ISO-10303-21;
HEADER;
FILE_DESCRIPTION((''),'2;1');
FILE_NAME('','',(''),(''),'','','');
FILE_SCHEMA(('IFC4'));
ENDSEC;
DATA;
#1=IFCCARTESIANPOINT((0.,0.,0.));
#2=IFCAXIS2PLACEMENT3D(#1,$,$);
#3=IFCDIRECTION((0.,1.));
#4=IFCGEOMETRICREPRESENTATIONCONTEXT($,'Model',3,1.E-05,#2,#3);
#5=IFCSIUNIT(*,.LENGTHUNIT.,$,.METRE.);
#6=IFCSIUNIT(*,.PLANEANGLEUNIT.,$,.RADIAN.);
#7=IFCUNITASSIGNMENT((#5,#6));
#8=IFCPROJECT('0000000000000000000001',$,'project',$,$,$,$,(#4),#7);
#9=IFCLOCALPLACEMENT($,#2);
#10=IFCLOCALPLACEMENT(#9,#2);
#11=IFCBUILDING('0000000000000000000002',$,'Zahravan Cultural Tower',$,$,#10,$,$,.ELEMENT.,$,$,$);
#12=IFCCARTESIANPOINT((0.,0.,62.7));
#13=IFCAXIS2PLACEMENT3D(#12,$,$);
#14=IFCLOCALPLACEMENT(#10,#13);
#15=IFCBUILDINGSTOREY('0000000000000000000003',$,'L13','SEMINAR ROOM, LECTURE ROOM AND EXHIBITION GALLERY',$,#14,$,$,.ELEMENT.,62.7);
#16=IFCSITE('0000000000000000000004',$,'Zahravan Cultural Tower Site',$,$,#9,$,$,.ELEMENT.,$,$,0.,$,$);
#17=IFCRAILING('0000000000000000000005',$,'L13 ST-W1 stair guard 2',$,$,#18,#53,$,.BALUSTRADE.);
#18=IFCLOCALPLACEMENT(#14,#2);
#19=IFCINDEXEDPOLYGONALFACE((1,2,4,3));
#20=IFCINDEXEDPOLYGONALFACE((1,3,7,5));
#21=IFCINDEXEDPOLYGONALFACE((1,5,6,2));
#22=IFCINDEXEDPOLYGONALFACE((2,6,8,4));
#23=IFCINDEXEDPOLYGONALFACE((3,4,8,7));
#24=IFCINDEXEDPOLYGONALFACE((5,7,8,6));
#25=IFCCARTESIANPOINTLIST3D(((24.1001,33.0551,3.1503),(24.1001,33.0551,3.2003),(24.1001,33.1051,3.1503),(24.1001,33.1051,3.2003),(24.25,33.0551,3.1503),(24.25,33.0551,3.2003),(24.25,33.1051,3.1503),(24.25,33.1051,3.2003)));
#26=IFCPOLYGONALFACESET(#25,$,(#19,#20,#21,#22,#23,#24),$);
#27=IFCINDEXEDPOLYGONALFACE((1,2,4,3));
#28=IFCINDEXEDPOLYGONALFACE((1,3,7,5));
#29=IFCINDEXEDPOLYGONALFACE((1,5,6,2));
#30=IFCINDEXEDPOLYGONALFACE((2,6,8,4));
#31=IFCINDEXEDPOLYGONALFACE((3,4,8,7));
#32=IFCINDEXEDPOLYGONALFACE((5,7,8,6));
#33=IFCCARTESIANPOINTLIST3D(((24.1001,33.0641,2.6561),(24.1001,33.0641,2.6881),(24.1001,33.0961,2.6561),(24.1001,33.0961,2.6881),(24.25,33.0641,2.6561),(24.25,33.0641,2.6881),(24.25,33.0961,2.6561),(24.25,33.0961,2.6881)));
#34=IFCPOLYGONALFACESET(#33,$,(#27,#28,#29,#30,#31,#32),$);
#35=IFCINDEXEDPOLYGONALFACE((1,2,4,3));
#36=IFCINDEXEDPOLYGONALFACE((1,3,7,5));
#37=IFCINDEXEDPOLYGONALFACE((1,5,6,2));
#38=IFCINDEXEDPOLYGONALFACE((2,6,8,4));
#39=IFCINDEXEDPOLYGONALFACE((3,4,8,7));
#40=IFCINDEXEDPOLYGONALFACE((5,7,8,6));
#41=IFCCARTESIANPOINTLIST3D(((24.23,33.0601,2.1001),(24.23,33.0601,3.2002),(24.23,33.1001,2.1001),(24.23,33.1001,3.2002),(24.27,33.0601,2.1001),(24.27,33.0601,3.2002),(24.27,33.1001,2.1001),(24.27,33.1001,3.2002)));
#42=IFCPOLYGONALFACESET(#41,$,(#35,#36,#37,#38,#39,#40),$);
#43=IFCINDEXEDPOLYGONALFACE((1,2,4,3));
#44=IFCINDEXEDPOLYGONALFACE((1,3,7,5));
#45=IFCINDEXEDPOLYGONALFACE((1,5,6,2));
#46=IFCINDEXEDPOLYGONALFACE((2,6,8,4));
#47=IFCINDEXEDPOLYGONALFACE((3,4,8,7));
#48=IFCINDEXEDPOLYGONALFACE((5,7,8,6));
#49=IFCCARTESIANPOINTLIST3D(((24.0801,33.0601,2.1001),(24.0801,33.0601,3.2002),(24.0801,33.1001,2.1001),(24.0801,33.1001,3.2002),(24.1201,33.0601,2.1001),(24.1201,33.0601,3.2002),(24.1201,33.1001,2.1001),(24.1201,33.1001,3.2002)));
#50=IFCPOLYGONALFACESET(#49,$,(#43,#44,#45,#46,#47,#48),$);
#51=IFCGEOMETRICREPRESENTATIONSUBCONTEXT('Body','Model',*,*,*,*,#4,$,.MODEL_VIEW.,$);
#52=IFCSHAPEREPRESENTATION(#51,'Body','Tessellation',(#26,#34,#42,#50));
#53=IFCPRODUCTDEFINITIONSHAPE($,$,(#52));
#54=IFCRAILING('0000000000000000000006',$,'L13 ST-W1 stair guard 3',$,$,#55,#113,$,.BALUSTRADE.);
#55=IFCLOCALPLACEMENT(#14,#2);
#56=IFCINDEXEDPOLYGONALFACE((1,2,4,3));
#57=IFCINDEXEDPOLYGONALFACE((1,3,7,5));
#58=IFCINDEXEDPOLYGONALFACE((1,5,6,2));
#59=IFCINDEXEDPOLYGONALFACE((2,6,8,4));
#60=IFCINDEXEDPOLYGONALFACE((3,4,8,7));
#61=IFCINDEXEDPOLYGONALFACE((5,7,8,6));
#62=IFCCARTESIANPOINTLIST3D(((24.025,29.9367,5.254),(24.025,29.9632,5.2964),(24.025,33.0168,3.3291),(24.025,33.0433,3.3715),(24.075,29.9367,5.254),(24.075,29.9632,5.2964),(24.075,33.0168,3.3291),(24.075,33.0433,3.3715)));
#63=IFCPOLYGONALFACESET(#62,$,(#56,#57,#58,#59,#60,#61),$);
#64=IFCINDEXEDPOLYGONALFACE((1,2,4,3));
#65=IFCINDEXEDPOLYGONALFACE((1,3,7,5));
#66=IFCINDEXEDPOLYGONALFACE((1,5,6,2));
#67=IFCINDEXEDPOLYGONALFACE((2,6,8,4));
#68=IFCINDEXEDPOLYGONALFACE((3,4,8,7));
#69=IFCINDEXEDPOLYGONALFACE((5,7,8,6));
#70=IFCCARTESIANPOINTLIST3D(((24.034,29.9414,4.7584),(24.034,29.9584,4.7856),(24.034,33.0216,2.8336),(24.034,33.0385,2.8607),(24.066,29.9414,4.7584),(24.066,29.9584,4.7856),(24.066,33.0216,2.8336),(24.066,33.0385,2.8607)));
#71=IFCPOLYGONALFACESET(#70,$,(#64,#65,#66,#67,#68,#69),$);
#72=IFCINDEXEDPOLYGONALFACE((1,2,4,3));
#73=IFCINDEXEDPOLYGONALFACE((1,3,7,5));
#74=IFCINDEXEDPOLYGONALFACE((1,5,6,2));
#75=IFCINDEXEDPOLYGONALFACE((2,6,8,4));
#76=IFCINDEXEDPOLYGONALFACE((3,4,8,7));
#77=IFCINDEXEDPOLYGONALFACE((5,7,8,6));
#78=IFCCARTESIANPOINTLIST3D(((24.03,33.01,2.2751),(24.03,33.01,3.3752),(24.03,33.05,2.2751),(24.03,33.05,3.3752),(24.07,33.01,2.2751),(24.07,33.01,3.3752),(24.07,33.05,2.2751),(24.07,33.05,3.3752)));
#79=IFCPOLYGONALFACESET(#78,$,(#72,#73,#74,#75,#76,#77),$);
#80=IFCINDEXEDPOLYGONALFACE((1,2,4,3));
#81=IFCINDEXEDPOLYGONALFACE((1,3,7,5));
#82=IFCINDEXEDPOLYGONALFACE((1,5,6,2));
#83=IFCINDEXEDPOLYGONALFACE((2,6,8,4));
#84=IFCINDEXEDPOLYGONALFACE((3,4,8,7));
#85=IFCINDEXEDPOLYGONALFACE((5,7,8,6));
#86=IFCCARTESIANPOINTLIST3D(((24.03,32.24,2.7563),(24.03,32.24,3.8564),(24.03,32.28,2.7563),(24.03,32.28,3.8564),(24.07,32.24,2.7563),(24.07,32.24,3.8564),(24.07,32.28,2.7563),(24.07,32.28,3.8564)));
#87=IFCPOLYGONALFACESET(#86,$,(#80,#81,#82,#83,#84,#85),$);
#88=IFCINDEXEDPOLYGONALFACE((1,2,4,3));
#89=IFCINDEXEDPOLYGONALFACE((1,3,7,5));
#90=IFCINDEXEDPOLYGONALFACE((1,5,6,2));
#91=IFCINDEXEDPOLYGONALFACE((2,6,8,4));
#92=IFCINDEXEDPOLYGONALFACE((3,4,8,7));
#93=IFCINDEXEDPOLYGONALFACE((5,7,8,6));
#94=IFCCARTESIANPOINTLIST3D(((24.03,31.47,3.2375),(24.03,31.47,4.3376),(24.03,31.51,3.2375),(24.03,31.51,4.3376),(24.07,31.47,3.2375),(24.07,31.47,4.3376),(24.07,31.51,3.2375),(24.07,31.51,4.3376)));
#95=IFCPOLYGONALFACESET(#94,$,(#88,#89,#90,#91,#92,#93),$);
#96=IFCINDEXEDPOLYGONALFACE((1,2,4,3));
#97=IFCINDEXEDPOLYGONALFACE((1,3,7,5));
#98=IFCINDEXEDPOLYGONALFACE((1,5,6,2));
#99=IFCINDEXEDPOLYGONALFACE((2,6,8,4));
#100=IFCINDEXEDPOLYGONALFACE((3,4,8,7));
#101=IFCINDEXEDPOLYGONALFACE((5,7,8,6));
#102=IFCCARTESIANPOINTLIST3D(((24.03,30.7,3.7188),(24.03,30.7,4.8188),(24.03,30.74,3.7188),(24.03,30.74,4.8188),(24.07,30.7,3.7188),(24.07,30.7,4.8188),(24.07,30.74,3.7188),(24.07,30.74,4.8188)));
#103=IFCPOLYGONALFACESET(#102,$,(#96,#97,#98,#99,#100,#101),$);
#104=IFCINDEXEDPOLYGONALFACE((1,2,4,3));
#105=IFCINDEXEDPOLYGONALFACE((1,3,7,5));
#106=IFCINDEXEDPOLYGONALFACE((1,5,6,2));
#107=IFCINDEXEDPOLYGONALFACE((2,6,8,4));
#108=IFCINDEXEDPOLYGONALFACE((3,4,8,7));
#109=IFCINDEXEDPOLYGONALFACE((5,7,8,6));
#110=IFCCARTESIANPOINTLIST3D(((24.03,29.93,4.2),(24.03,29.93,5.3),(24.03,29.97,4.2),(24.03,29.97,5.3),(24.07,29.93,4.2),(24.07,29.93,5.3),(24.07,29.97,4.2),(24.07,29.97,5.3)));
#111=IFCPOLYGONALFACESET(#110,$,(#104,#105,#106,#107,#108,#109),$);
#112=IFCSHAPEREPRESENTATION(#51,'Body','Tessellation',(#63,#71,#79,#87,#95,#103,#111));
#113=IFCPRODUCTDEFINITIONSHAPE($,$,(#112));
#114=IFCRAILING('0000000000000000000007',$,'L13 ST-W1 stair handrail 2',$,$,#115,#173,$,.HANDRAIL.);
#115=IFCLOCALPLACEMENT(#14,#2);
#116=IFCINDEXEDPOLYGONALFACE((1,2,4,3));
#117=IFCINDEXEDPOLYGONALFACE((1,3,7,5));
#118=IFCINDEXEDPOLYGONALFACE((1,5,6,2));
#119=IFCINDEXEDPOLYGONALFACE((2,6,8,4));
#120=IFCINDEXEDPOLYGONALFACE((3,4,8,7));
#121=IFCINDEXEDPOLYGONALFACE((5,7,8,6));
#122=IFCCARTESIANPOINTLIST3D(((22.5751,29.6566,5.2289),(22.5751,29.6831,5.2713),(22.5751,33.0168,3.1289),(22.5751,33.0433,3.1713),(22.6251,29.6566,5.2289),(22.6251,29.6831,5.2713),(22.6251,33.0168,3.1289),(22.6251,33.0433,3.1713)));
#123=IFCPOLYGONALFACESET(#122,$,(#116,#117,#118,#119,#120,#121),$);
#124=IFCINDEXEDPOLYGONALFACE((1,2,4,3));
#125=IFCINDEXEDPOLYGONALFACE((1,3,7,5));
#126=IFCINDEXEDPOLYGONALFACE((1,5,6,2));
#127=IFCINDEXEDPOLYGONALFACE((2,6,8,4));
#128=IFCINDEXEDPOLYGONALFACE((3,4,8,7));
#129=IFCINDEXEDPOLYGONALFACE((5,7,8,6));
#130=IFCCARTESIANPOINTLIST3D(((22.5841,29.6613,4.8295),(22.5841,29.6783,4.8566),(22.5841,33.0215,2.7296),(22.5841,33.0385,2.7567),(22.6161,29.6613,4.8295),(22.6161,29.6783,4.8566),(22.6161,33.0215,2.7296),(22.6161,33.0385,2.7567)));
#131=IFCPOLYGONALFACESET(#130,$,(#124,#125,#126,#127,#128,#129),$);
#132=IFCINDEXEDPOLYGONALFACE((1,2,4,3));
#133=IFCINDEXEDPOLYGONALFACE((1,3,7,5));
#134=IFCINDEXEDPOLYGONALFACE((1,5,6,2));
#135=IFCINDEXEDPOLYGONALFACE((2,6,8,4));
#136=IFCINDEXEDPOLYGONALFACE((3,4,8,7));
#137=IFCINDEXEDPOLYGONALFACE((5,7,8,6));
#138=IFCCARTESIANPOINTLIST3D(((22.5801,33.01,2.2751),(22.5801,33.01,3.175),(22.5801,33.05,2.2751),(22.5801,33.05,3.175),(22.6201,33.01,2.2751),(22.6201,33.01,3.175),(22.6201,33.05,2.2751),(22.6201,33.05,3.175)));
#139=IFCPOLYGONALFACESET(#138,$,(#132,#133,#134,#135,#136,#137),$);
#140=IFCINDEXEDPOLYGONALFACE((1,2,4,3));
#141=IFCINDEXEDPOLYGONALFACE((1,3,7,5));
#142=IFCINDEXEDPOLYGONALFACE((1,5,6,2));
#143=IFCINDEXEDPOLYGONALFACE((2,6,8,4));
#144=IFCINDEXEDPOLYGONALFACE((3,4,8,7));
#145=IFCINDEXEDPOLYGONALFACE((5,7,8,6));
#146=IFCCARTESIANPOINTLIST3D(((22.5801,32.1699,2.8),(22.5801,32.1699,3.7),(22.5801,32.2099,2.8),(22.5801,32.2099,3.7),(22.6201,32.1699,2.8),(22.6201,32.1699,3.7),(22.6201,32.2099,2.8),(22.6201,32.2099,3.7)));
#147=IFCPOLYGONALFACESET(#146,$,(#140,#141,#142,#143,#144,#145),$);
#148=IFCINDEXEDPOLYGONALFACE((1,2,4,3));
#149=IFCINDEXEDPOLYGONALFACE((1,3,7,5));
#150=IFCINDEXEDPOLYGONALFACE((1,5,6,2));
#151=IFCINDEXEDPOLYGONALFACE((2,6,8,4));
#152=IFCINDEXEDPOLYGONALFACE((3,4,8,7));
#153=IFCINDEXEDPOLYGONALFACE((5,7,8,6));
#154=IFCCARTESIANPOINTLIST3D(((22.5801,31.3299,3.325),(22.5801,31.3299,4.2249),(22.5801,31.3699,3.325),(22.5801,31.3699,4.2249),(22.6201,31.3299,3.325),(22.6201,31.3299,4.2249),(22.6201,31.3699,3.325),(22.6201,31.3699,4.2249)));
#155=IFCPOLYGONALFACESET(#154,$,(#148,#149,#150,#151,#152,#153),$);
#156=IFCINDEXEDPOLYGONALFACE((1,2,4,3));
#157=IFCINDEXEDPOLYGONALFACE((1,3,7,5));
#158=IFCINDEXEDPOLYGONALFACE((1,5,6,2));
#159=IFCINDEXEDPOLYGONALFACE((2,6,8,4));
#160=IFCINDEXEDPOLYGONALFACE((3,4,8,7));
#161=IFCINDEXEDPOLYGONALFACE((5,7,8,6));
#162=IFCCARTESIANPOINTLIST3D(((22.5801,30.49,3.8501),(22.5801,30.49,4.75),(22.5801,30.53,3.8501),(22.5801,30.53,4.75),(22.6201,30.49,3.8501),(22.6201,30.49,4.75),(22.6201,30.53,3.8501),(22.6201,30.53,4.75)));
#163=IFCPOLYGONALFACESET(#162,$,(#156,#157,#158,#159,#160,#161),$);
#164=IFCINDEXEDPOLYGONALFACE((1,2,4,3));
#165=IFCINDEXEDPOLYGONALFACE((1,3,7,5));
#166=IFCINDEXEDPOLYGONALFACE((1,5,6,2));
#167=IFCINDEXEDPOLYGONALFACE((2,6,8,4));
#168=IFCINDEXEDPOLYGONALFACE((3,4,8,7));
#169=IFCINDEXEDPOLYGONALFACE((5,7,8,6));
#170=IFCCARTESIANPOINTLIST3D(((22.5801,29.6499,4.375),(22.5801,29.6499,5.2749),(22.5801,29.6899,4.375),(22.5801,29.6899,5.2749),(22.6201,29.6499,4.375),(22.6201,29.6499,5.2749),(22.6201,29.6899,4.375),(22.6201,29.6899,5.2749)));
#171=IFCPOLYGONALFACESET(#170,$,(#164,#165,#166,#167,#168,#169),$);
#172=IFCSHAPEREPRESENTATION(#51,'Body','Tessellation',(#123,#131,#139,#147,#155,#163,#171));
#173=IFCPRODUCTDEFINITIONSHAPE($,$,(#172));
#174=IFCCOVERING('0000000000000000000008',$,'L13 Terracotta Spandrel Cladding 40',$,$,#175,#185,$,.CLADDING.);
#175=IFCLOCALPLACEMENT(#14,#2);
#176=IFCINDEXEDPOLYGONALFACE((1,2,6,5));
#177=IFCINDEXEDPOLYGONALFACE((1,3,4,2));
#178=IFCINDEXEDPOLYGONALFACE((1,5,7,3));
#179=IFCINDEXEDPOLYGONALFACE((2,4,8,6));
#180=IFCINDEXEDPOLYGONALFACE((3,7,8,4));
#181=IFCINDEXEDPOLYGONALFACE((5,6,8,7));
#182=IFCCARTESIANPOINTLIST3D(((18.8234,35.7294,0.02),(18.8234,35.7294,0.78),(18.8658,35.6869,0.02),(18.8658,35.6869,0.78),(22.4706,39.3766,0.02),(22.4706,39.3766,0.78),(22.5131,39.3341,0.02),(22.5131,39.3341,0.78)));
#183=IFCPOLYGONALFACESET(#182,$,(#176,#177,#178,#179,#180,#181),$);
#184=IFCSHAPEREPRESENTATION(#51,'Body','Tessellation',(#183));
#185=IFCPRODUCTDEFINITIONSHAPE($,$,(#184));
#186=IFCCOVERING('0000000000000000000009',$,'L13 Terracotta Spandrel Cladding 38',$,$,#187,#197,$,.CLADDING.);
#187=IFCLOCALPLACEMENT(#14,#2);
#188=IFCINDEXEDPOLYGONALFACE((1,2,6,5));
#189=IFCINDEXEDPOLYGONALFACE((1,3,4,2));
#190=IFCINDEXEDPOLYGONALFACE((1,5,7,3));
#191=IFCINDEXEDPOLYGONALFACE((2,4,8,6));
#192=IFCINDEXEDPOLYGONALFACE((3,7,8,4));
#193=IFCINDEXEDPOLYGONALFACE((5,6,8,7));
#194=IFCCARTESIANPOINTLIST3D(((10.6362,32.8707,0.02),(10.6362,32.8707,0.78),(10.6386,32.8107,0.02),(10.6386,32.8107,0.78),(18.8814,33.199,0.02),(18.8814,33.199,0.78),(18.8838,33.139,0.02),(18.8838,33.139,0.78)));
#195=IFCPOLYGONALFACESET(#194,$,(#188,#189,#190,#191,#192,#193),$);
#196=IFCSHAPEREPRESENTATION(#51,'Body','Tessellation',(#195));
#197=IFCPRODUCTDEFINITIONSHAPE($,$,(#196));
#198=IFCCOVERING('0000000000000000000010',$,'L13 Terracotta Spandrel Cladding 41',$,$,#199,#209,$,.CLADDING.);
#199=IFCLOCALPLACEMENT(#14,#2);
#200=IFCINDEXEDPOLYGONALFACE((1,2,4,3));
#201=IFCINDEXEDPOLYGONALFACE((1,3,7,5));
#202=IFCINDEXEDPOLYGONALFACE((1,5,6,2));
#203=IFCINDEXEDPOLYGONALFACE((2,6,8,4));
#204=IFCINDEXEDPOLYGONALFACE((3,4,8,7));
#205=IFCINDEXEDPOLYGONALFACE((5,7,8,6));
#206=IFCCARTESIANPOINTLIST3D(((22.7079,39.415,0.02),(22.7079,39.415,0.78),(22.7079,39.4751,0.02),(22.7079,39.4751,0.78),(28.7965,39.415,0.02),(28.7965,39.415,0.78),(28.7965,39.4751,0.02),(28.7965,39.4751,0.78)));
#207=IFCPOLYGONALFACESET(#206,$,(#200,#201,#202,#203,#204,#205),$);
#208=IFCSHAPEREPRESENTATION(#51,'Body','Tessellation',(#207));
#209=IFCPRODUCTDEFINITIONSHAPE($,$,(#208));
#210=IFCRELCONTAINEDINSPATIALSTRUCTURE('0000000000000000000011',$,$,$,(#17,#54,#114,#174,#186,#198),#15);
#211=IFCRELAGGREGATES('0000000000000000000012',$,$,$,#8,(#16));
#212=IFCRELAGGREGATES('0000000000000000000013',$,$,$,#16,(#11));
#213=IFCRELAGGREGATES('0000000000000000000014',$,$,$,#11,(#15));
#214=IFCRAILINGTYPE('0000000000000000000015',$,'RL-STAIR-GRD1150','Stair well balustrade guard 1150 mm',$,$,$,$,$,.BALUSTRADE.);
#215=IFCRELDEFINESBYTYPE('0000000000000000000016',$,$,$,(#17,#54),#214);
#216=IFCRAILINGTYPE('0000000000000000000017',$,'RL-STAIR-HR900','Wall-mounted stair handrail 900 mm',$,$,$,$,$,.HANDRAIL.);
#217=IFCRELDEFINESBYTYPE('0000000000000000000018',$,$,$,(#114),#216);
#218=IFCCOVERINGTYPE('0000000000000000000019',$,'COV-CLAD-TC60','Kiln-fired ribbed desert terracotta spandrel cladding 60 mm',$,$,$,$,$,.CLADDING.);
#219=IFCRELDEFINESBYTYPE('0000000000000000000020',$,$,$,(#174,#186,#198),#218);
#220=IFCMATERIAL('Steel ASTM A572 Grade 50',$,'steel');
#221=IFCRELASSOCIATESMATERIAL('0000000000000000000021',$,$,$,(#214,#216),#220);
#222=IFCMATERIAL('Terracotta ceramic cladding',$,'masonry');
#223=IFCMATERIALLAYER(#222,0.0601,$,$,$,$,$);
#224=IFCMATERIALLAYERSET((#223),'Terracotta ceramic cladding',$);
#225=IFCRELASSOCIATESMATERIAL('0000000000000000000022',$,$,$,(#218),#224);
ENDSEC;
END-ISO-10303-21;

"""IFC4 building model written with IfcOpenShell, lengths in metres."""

from ifc_helpers import new_model, si_unit, direction, frame, origin, origin_2d, place, context, subcontext, project, spatial, rectangle, extrude, source, transform, mapped, material, layer, layer_set, type_object, element, save


model = new_model("IFC4")

# Units and contexts
model_context = context("Model", 3, precision=1e-05, world=origin(), true_north=direction((0.0, 1.0)))
body_context = subcontext(model_context, "Body", "Model", "MODEL_VIEW")
ifc_project = project(units=[si_unit("LENGTHUNIT", "METRE"), si_unit("PLANEANGLEUNIT", "RADIAN")], contexts=[model_context])

# Site, building, storey
site_placement = place(None, origin())
site = spatial("IfcSite", under=ifc_project, at=site_placement, Name="Zahravan Cultural Tower Site", CompositionType="ELEMENT", RefElevation=0.0)
building_placement = place(site_placement, origin())
building = spatial("IfcBuilding", under=site, at=building_placement, Name="Zahravan Cultural Tower", CompositionType="ELEMENT")
storey_placement = place(building_placement, frame((0.0, 0.0, 62.7)))
storey = spatial("IfcBuildingStorey", under=building, at=storey_placement, Name="L13", Description="SEMINAR ROOM, LECTURE ROOM AND EXHIBITION GALLERY", CompositionType="ELEMENT", Elevation=62.7)

# Shared definitions
ifc_material_1 = material(Name="Steel ASTM A572 Grade 50", Category="steel")

# Railings
railing_type_1 = type_object("IfcRailingType", Name="RL-STAIR-GRD1150", Description="Stair well balustrade guard 1150 mm", PredefinedType="BALUSTRADE", material=ifc_material_1)
railing_1_placement = place(storey_placement, frame((24.25, 33.0801, 2.1001)))
element("IfcRailing", 1, at=railing_1_placement, inside=storey, type_object=railing_type_1, Name="L13 ST-W1 stair guard 2", PredefinedType="BALUSTRADE", context=body_context, shape_type="SweptSolid", body=[
    extrude(rectangle(XDim=0.05, YDim=0.05, at=origin_2d()), frame((0.0, 0.0, 1.0752), z_axis=(-1.0, 0.0, 0.0), x_axis=(0.0, -1.0, 0.0)), (0.0, 0.0, 1.0), 0.1499),
    extrude(rectangle(XDim=0.032, YDim=0.032, at=origin_2d()), frame((0.0, 0.0, 0.572), z_axis=(-1.0, 0.0, 0.0), x_axis=(0.0, -1.0, 0.0)), (0.0, 0.0, 1.0), 0.1499),
    extrude(rectangle(XDim=0.04, YDim=0.04, at=origin_2d()), origin(), (0.0, 0.0, 1.0), 1.1001),
    extrude(rectangle(XDim=0.04, YDim=0.04, at=origin_2d()), frame((-0.1499, 0.0, 0.0)), (0.0, 0.0, 1.0), 1.1001),
])
railing_2_placement = place(storey_placement, frame((24.05, 33.03, 2.2751)))
element("IfcRailing", 2, at=railing_2_placement, inside=storey, type_object=railing_type_1, Name="L13 ST-W1 stair guard 3", PredefinedType="BALUSTRADE", context=body_context, shape_type="SweptSolid", body=[
    extrude(rectangle(XDim=0.05, YDim=0.05, at=origin_2d()), frame((0.0, 0.0, 1.0752), z_axis=(0.0, -0.848029, 0.529951), x_axis=(1.0, 0.0, 0.0)), (0.0, 0.0, 1.0), 3.6321),
    extrude(rectangle(XDim=0.032, YDim=0.032, at=origin_2d()), frame((0.0, 0.0, 0.572), z_axis=(0.0, -0.848029, 0.529951), x_axis=(1.0, 0.0, 0.0)), (0.0, 0.0, 1.0), 3.6321),
    extrude(rectangle(XDim=0.04, YDim=0.04, at=origin_2d()), origin(), (0.0, 0.0, 1.0), 1.1001),
    extrude(rectangle(XDim=0.04, YDim=0.04, at=origin_2d()), frame((0.0, -0.77, 0.4812)), (0.0, 0.0, 1.0), 1.1001),
    extrude(rectangle(XDim=0.04, YDim=0.04, at=origin_2d()), frame((0.0, -1.54, 0.9624)), (0.0, 0.0, 1.0), 1.1001),
    extrude(rectangle(XDim=0.04, YDim=0.04, at=origin_2d()), frame((0.0, -2.3101, 1.4436)), (0.0, 0.0, 1.0), 1.1001),
    extrude(rectangle(XDim=0.04, YDim=0.04, at=origin_2d()), frame((0.0, -3.0801, 1.9248)), (0.0, 0.0, 1.0), 1.1001),
])
railing_type_2 = type_object("IfcRailingType", Name="RL-STAIR-HR900", Description="Wall-mounted stair handrail 900 mm", PredefinedType="HANDRAIL", material=ifc_material_1)
railing_3_placement = place(storey_placement, frame((22.6001, 33.03, 2.2751)))
element("IfcRailing", 3, at=railing_3_placement, inside=storey, type_object=railing_type_2, Name="L13 ST-W1 stair handrail 2", PredefinedType="HANDRAIL", context=body_context, shape_type="SweptSolid", body=[
    extrude(rectangle(XDim=0.05, YDim=0.05, at=origin_2d()), frame((0.0, 0.0, 0.875), z_axis=(0.0, -0.848023, 0.52996), x_axis=(1.0, 0.0, 0.0)), (0.0, 0.0, 1.0), 3.9624),
    extrude(rectangle(XDim=0.032, YDim=0.032, at=origin_2d()), frame((0.0, 0.0, 0.468), z_axis=(0.0, -0.848023, 0.52996), x_axis=(1.0, 0.0, 0.0)), (0.0, 0.0, 1.0), 3.9624),
    extrude(rectangle(XDim=0.04, YDim=0.04, at=origin_2d()), origin(), (0.0, 0.0, 1.0), 0.8999),
    extrude(rectangle(XDim=0.04, YDim=0.04, at=origin_2d()), frame((0.0, -0.8401, 0.5249)), (0.0, 0.0, 1.0), 0.8999),
    extrude(rectangle(XDim=0.04, YDim=0.04, at=origin_2d()), frame((0.0, -1.6802, 1.0498)), (0.0, 0.0, 1.0), 0.8999),
    extrude(rectangle(XDim=0.04, YDim=0.04, at=origin_2d()), frame((0.0, -2.52, 1.575)), (0.0, 0.0, 1.0), 0.8999),
    extrude(rectangle(XDim=0.04, YDim=0.04, at=origin_2d()), frame((0.0, -3.3601, 2.0999)), (0.0, 0.0, 1.0), 0.8999),
])

# Coverings
ifc_material_2 = material(Name="Terracotta ceramic cladding", Category="masonry")
ifc_layer_1 = layer(ifc_material_2, 0.0601)
ifc_layer_set_1 = layer_set([ifc_layer_1], Name="Terracotta ceramic cladding")
covering_type = type_object("IfcCoveringType", Name="COV-CLAD-TC60", Description="Kiln-fired ribbed desert terracotta spandrel cladding 60 mm", PredefinedType="CLADDING", material=ifc_layer_set_1)
shared_shape_1 = source(origin(), body_context, "Body", "SweptSolid", [
    extrude(rectangle(XDim=5.158, YDim=0.0601, at=origin_2d()), origin(), (0.0, 0.0, 1.0), 0.76),
])
covering_1_placement = place(storey_placement, frame((20.6682, 37.5317, 0.02), z_axis=(0.0, 0.0, 1.0), x_axis=(0.707107, 0.707107, 0.0)))
element("IfcCovering", 4, at=covering_1_placement, inside=storey, type_object=covering_type, Name="L13 Terracotta Spandrel Cladding 40", PredefinedType="CLADDING", context=body_context, shape_type="MappedRepresentation", body=[
    mapped(shared_shape_1, transform((0.0, 0.0, 0.0), x_axis=(1.0, 0.0, 0.0), y_axis=(0.0, 1.0, 0.0), z_axis=(0.0, 0.0, 1.0), scale=1.0)),
])
shared_shape_2 = source(origin(), body_context, "Body", "SweptSolid", [
    extrude(rectangle(XDim=8.2517, YDim=0.0601, at=origin_2d()), origin(), (0.0, 0.0, 1.0), 0.76),
])
covering_2_placement = place(storey_placement, frame((14.76, 33.0049, 0.02), z_axis=(0.0, 0.0, 1.0), x_axis=(0.999208, 0.039783, 0.0)))
element("IfcCovering", 5, at=covering_2_placement, inside=storey, type_object=covering_type, Name="L13 Terracotta Spandrel Cladding 38", PredefinedType="CLADDING", context=body_context, shape_type="MappedRepresentation", body=[
    mapped(shared_shape_2, transform((0.0, 0.0, 0.0), x_axis=(1.0, 0.0, 0.0), y_axis=(0.0, 1.0, 0.0), z_axis=(0.0, 0.0, 1.0), scale=1.0)),
])
shared_shape_3 = source(origin(), body_context, "Body", "SweptSolid", [
    extrude(rectangle(XDim=6.0886, YDim=0.0601, at=origin_2d()), origin(), (0.0, 0.0, 1.0), 0.76),
])
covering_3_placement = place(storey_placement, frame((25.7522, 39.4451, 0.02), z_axis=(0.0, 0.0, 1.0), x_axis=(1.0, 0.0, 0.0)))
element("IfcCovering", 6, at=covering_3_placement, inside=storey, type_object=covering_type, Name="L13 Terracotta Spandrel Cladding 41", PredefinedType="CLADDING", context=body_context, shape_type="MappedRepresentation", body=[
    mapped(shared_shape_3, transform((0.0, 0.0, 0.0), x_axis=(1.0, 0.0, 0.0), y_axis=(0.0, 1.0, 0.0), z_axis=(0.0, 0.0, 1.0), scale=1.0)),
])

save(model, "model.ifc")
